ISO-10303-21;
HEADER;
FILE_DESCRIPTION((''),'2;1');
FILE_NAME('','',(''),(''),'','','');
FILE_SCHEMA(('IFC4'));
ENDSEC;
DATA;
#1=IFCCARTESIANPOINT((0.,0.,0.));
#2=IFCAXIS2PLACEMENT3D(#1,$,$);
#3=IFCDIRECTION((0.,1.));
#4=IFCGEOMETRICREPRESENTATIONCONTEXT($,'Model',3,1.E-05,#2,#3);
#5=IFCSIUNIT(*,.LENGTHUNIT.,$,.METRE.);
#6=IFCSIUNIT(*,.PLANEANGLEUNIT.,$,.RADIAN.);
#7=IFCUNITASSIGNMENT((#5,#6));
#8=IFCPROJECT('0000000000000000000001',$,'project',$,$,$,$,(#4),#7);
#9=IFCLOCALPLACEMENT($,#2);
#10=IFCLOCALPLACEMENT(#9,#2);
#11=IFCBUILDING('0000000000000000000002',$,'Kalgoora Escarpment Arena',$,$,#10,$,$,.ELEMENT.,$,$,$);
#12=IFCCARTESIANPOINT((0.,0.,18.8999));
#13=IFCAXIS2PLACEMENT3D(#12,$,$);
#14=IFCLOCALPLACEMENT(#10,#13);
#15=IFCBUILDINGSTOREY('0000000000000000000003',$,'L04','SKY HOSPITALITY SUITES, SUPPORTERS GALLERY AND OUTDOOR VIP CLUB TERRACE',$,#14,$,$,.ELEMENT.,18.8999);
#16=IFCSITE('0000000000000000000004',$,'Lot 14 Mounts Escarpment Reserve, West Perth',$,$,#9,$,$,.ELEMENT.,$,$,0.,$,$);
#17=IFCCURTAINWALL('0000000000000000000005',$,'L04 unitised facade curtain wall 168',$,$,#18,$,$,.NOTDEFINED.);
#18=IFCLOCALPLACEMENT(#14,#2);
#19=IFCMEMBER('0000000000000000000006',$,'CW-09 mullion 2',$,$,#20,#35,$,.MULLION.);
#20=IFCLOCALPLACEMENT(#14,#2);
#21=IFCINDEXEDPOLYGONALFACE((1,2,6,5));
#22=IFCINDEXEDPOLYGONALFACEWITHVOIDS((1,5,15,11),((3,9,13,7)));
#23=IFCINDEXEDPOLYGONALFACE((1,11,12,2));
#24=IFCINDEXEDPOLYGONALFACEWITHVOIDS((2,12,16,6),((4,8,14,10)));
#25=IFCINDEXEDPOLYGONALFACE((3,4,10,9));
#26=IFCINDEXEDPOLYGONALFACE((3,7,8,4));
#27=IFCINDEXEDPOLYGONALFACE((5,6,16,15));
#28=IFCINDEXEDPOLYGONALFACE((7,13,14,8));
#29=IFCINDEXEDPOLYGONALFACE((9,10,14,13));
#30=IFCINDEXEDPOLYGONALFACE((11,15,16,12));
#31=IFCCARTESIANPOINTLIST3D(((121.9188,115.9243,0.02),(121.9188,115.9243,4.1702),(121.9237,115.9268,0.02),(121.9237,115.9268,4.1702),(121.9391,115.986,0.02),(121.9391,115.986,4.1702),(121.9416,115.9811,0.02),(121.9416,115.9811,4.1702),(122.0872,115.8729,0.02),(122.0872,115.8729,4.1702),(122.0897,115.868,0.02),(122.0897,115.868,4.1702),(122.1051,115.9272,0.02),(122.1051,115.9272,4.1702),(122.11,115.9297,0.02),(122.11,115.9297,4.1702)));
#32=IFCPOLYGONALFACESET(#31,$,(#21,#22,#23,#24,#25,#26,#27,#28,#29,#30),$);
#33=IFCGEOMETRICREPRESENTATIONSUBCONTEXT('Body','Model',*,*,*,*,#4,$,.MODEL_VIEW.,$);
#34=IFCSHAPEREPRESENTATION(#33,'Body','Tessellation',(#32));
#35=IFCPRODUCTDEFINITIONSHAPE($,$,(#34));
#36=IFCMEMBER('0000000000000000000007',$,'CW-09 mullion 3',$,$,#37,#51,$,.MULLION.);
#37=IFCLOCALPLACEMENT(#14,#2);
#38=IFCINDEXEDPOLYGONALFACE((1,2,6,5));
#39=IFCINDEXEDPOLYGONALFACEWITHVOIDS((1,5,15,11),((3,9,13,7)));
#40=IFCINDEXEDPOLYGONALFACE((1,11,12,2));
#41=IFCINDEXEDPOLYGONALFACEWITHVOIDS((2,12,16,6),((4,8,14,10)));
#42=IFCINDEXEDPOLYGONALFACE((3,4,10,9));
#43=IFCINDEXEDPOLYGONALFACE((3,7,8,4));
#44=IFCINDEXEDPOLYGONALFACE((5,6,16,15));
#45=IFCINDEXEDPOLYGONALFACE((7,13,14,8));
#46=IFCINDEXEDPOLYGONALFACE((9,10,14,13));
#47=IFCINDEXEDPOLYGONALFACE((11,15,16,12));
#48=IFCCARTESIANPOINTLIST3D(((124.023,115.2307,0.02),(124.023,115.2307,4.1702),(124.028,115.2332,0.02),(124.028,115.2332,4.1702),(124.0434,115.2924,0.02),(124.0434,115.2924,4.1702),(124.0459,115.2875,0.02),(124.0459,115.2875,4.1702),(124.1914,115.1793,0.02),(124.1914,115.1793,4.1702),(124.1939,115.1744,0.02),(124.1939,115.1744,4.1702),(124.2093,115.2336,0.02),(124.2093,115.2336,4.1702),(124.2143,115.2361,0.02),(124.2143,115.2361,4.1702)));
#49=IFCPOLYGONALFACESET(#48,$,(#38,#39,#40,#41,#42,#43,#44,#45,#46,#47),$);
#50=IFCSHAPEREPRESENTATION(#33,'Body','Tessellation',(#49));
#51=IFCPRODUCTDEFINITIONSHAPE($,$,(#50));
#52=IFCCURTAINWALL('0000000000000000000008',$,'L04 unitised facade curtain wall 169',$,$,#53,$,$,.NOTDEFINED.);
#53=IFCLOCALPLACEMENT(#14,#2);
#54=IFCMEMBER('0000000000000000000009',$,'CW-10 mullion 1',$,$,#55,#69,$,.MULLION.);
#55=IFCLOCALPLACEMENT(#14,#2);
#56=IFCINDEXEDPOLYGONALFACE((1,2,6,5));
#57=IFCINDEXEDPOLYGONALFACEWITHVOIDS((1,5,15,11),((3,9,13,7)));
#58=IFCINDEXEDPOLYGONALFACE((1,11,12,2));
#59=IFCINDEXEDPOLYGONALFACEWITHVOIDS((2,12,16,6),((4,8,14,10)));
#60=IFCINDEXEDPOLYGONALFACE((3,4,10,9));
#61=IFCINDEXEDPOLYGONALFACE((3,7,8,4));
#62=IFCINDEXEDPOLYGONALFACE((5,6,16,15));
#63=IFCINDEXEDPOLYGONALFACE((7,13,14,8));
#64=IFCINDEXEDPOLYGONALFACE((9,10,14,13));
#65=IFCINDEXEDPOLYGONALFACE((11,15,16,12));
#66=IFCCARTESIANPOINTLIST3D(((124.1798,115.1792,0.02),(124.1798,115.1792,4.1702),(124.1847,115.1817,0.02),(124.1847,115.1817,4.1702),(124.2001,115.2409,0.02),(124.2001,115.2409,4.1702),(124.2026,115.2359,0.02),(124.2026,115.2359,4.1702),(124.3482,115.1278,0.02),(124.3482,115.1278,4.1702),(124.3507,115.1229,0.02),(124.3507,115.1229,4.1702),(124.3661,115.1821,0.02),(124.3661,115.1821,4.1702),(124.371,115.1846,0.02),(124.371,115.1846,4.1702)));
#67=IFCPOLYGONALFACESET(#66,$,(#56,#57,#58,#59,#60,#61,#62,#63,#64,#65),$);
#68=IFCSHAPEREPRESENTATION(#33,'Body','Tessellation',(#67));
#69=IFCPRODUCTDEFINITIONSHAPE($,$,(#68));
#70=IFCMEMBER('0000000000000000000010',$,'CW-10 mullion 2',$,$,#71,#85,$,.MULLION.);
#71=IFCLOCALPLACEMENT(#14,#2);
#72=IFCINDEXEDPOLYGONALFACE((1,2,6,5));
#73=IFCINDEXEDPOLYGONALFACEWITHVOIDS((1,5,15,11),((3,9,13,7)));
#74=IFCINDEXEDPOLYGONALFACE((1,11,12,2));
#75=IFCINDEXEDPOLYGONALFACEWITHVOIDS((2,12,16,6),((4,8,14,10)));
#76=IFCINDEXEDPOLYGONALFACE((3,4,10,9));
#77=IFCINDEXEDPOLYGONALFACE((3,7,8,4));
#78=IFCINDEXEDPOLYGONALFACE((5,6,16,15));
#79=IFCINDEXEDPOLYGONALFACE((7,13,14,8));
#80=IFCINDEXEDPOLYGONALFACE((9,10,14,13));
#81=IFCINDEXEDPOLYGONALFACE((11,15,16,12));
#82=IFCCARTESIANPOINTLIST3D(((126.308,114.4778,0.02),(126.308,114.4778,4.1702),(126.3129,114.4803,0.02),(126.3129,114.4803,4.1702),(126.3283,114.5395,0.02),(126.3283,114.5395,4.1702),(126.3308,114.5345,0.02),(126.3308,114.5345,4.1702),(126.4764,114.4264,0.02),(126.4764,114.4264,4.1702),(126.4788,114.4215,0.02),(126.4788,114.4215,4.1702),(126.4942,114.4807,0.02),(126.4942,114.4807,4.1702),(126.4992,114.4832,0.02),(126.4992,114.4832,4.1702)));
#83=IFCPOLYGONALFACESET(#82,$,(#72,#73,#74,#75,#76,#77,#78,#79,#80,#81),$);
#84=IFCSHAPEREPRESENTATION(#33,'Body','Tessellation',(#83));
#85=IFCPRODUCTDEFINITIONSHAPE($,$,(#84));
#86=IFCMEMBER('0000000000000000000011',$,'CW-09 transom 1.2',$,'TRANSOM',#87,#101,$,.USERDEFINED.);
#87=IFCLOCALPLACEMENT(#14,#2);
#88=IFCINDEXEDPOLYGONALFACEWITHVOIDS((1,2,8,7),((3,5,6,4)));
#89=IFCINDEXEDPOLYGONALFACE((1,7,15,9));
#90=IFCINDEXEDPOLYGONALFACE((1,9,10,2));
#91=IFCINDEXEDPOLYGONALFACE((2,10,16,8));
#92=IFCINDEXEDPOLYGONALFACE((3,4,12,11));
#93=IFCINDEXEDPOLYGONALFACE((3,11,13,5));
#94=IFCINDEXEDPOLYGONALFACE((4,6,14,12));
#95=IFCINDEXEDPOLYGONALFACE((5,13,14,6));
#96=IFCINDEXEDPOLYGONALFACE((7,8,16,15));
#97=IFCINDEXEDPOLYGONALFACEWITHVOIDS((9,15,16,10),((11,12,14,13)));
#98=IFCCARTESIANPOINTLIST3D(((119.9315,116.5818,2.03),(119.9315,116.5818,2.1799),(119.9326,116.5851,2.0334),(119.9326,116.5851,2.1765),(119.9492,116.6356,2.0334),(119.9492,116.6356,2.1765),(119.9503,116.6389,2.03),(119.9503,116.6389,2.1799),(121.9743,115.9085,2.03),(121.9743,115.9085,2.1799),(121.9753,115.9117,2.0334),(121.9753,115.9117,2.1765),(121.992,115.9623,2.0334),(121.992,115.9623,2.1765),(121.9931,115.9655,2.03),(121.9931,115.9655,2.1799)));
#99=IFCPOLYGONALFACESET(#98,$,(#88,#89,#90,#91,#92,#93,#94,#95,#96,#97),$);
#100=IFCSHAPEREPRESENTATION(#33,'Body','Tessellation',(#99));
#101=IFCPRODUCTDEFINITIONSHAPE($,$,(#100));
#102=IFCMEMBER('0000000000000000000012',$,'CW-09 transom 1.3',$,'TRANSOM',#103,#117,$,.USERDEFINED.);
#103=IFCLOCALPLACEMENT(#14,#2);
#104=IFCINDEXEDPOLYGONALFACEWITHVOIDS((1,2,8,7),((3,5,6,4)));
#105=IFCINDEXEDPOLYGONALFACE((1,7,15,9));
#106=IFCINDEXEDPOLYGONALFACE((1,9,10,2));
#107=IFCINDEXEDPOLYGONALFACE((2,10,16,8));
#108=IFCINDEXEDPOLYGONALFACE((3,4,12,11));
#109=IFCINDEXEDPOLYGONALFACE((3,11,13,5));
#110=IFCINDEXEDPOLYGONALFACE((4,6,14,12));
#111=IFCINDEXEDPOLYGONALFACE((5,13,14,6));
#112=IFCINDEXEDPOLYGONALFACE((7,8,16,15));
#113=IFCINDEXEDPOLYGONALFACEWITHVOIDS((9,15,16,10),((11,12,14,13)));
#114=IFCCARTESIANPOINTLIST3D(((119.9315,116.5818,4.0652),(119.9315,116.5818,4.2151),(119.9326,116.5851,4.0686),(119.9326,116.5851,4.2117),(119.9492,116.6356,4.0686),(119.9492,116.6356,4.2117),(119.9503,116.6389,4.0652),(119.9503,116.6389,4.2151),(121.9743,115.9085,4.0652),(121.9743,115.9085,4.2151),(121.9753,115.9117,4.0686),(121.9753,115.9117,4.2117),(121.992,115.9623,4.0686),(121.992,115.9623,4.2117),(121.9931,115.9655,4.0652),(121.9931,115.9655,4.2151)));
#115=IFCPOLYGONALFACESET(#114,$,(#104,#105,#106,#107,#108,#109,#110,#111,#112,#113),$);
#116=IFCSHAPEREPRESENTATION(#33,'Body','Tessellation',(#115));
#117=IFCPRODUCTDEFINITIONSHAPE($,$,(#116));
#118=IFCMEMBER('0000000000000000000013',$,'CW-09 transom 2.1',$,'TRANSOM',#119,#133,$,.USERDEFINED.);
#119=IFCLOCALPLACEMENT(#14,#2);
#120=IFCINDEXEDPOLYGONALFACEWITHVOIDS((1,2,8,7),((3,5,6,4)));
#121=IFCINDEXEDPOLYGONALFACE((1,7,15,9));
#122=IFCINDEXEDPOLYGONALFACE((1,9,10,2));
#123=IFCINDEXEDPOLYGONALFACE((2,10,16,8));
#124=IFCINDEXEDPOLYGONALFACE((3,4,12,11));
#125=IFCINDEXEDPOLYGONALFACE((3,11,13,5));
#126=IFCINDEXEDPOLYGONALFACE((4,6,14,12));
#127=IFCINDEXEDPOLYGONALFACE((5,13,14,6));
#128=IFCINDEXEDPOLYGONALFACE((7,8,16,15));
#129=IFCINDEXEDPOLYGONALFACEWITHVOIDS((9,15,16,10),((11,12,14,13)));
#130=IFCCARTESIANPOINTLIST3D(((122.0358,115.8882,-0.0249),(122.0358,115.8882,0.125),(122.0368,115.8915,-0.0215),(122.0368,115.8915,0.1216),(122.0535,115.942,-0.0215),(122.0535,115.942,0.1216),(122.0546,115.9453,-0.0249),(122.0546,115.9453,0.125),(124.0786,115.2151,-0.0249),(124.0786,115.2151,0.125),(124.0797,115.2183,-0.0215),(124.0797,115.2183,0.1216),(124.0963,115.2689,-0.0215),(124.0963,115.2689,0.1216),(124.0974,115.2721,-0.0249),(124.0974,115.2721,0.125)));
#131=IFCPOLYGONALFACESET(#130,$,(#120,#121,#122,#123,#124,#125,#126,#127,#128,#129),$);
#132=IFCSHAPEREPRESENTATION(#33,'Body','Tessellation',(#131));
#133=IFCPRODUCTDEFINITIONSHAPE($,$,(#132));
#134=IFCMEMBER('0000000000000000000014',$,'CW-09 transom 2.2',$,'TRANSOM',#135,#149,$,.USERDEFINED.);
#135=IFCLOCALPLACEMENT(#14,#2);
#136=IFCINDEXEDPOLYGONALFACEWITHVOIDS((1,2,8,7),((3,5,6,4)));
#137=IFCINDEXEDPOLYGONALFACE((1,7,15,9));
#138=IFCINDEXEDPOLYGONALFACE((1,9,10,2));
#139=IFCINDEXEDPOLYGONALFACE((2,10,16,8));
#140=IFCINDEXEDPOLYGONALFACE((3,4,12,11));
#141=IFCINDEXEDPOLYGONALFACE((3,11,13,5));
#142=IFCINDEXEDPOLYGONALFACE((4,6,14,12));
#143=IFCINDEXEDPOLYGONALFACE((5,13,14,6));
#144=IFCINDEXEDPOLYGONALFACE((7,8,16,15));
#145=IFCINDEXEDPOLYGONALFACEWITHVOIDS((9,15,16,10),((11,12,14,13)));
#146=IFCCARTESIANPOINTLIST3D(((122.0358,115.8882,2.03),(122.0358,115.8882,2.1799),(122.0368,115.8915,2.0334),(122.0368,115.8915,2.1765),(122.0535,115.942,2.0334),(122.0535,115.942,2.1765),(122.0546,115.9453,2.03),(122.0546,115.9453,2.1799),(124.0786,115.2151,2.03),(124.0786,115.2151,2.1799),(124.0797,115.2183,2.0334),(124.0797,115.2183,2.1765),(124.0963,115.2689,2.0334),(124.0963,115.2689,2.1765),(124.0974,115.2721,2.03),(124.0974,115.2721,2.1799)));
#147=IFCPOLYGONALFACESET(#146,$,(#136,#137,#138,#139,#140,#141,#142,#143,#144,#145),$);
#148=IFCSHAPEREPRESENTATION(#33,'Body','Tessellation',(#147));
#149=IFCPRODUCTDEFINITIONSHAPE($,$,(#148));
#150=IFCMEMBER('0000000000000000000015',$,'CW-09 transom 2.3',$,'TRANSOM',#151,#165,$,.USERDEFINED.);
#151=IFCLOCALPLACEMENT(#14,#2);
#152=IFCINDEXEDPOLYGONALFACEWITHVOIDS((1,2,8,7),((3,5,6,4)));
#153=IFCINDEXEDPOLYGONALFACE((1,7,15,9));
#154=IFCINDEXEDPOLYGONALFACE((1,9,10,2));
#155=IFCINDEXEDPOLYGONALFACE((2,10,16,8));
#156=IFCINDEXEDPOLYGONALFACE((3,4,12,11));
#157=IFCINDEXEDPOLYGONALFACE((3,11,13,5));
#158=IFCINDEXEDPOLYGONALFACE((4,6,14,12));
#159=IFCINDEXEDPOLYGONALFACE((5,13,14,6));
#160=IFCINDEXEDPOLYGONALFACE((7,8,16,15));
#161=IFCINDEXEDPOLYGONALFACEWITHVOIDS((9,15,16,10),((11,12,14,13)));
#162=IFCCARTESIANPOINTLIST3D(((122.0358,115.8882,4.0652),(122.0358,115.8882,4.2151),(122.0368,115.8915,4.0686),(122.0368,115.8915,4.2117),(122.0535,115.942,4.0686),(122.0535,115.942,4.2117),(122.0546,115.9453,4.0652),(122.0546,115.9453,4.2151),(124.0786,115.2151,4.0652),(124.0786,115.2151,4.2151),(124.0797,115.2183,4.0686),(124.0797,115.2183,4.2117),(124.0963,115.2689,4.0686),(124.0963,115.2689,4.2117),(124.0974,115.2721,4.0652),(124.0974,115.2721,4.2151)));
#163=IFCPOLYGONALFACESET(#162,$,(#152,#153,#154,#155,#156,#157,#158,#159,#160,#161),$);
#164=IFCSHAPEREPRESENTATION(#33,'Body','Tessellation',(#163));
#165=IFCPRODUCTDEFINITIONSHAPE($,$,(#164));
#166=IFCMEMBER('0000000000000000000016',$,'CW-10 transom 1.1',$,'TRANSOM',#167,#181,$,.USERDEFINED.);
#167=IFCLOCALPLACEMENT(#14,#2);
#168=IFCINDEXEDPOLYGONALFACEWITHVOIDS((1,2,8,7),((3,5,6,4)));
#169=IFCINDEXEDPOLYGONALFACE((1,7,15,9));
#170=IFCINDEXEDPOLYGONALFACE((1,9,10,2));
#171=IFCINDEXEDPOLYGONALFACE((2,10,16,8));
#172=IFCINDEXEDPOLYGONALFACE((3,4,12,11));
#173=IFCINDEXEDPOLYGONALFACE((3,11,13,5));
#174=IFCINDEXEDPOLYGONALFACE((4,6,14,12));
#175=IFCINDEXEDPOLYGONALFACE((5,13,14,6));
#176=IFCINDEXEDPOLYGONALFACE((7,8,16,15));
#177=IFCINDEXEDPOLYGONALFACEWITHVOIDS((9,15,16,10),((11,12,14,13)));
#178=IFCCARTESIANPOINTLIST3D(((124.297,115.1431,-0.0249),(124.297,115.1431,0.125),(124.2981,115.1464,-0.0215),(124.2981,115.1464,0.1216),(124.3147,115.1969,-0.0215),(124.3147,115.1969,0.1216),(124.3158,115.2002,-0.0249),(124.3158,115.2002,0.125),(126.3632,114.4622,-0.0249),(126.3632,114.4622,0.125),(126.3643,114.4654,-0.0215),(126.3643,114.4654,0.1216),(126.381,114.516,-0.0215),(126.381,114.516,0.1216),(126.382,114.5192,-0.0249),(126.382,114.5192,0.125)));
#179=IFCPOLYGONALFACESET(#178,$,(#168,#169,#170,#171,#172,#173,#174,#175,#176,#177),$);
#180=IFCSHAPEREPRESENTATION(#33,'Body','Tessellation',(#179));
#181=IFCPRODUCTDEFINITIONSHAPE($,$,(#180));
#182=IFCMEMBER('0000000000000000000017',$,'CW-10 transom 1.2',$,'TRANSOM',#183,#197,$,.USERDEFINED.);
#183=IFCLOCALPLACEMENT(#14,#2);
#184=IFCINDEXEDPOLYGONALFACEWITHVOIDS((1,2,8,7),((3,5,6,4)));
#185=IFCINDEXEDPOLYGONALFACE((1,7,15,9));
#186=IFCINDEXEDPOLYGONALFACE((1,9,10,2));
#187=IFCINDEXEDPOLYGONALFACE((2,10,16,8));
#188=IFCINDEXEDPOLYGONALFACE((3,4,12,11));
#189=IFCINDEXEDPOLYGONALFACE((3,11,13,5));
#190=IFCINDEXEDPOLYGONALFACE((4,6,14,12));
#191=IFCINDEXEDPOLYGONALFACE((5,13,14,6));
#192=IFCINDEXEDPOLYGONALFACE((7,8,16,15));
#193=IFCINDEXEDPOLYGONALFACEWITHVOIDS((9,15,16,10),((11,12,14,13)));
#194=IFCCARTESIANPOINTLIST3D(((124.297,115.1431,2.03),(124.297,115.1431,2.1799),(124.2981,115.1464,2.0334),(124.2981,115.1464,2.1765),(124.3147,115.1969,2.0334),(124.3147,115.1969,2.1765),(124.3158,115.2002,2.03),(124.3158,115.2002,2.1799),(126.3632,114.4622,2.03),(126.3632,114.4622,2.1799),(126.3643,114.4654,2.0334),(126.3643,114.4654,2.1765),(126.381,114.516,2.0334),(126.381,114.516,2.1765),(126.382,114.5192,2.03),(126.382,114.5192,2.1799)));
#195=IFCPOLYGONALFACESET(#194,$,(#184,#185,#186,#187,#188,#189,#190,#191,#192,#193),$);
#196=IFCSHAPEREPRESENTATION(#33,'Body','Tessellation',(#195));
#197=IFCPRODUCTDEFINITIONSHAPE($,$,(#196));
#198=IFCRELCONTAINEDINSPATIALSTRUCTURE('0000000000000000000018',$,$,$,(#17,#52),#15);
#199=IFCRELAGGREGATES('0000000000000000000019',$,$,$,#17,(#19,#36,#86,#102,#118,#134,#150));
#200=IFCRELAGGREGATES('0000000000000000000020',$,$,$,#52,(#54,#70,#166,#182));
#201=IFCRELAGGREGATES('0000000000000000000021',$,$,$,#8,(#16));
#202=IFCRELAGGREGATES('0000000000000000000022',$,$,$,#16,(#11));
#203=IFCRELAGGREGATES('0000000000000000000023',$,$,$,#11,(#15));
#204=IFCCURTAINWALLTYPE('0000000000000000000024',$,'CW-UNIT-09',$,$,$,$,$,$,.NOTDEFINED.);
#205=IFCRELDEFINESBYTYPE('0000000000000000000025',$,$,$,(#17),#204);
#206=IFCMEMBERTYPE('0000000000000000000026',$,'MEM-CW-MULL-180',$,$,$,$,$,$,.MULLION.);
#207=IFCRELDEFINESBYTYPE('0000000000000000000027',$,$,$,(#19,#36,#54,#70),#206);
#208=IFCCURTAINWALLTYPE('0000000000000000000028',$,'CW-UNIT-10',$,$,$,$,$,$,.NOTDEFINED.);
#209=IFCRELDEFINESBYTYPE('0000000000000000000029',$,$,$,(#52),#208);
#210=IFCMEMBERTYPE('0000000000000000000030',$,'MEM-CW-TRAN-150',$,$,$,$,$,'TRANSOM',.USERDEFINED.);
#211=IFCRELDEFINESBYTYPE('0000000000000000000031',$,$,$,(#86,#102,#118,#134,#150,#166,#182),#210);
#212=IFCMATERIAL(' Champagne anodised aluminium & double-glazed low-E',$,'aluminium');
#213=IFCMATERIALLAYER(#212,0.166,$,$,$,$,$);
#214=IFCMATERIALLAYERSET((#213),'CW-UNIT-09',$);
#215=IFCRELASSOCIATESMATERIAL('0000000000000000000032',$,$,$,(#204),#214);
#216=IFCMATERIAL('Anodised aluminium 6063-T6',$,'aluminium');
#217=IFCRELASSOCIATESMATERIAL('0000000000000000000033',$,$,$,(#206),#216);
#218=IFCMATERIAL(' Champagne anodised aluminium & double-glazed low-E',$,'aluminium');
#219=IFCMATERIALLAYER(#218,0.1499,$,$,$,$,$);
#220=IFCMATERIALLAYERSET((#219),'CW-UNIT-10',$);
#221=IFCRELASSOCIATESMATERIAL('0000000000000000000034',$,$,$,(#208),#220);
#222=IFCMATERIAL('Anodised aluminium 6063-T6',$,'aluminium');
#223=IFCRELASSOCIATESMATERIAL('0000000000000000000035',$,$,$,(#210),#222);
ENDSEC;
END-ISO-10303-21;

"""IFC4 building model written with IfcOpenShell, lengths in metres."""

from ifc_helpers import new_model, si_unit, direction, frame, origin, origin_2d, place, context, subcontext, project, spatial, hollow_rectangle, extrude, material, layer, layer_set, material_profile, profile_set, type_object, element, aggregate, save


model = new_model("IFC4")

# Units and contexts
model_context = context("Model", 3, precision=1e-05, world=origin(), true_north=direction((0.0, 1.0)))
body_context = subcontext(model_context, "Body", "Model", "MODEL_VIEW")
ifc_project = project(units=[si_unit("LENGTHUNIT", "METRE"), si_unit("PLANEANGLEUNIT", "RADIAN")], contexts=[model_context])

# Site, building, storey
site_placement = place(None, origin())
site = spatial("IfcSite", under=ifc_project, at=site_placement, Name="Lot 14 Mounts Escarpment Reserve, West Perth", CompositionType="ELEMENT", RefElevation=0.0)
building_placement = place(site_placement, origin())
building = spatial("IfcBuilding", under=site, at=building_placement, Name="Kalgoora Escarpment Arena", CompositionType="ELEMENT")
storey_placement = place(building_placement, frame((0.0, 0.0, 18.8999)))
storey = spatial("IfcBuildingStorey", under=building, at=storey_placement, Name="L04", Description="SKY HOSPITALITY SUITES, SUPPORTERS GALLERY AND OUTDOOR VIP CLUB TERRACE", CompositionType="ELEMENT", Elevation=18.8999)

# Curtain walls, members
ifc_material_1 = material(Name=" Champagne anodised aluminium & double-glazed low-E", Category="aluminium")
ifc_layer_1 = layer(ifc_material_1, 0.166)
ifc_layer_set_1 = layer_set([ifc_layer_1], Name="CW-UNIT-09")
curtain_wall_type_1 = type_object("IfcCurtainWallType", Name="CW-UNIT-09", PredefinedType="NOTDEFINED", material=ifc_layer_set_1)
curtain_wall_1_placement = place(storey_placement, origin())
curtain_wall_1 = element("IfcCurtainWall", 1, at=curtain_wall_1_placement, inside=storey, type_object=curtain_wall_type_1, Name="L04 unitised facade curtain wall 168", PredefinedType="NOTDEFINED")
ifc_material_2 = material(Name="Anodised aluminium 6063-T6", Category="aluminium")
ifc_material_profile_1 = material_profile(ifc_material_2, hollow_rectangle(XDim=0.0649, YDim=0.1799, WallThickness=0.0039, at=origin_2d()))
ifc_profile_set_1 = profile_set([ifc_material_profile_1], Name="Anodised aluminium 6063-T6")
member_type_1 = type_object("IfcMemberType", Name="MEM-CW-MULL-180", PredefinedType="MULLION", material=ifc_profile_set_1)
member_1_placement = place(storey_placement, frame((122.0144, 115.927, 0.02), z_axis=(0.0, 0.0, 1.0), x_axis=(0.31299, 0.949756, 0.0)))
member_1 = element("IfcMember", 2, at=member_1_placement, type_object=member_type_1, Name="CW-09 mullion 2", PredefinedType="MULLION", context=body_context, shape_type="SweptSolid", body=[
    extrude(hollow_rectangle(XDim=0.0649, YDim=0.1799, WallThickness=0.0039, at=origin_2d()), origin(), (0.0, 0.0, 1.0), 4.1501),
])
member_2_placement = place(storey_placement, frame((124.1187, 115.2334, 0.02), z_axis=(0.0, 0.0, 1.0), x_axis=(0.31299, 0.949756, 0.0)))
member_2 = element("IfcMember", 3, at=member_2_placement, type_object=member_type_1, Name="CW-09 mullion 3", PredefinedType="MULLION", context=body_context, shape_type="SweptSolid", body=[
    extrude(hollow_rectangle(XDim=0.0649, YDim=0.1799, WallThickness=0.0039, at=origin_2d()), origin(), (0.0, 0.0, 1.0), 4.1501),
])
ifc_material_3 = material(Name=" Champagne anodised aluminium & double-glazed low-E", Category="aluminium")
ifc_layer_2 = layer(ifc_material_3, 0.1499)
ifc_layer_set_2 = layer_set([ifc_layer_2], Name="CW-UNIT-10")
curtain_wall_type_2 = type_object("IfcCurtainWallType", Name="CW-UNIT-10", PredefinedType="NOTDEFINED", material=ifc_layer_set_2)
curtain_wall_2_placement = place(storey_placement, origin())
curtain_wall_2 = element("IfcCurtainWall", 4, at=curtain_wall_2_placement, inside=storey, type_object=curtain_wall_type_2, Name="L04 unitised facade curtain wall 169", PredefinedType="NOTDEFINED")
member_3_placement = place(storey_placement, frame((124.2754, 115.1819, 0.02), z_axis=(0.0, 0.0, 1.0), x_axis=(0.312986, 0.949758, 0.0)))
member_3 = element("IfcMember", 5, at=member_3_placement, type_object=member_type_1, Name="CW-10 mullion 1", PredefinedType="MULLION", context=body_context, shape_type="SweptSolid", body=[
    extrude(hollow_rectangle(XDim=0.0649, YDim=0.1799, WallThickness=0.0039, at=origin_2d()), origin(), (0.0, 0.0, 1.0), 4.1501),
])
member_4_placement = place(storey_placement, frame((126.4036, 114.4805, 0.02), z_axis=(0.0, 0.0, 1.0), x_axis=(0.312986, 0.949758, 0.0)))
member_4 = element("IfcMember", 6, at=member_4_placement, type_object=member_type_1, Name="CW-10 mullion 2", PredefinedType="MULLION", context=body_context, shape_type="SweptSolid", body=[
    extrude(hollow_rectangle(XDim=0.0649, YDim=0.1799, WallThickness=0.0039, at=origin_2d()), origin(), (0.0, 0.0, 1.0), 4.1501),
])

# Members
ifc_material_4 = material(Name="Anodised aluminium 6063-T6", Category="aluminium")
ifc_material_profile_2 = material_profile(ifc_material_4, hollow_rectangle(XDim=0.0601, YDim=0.1499, WallThickness=0.0034, at=origin_2d()))
ifc_profile_set_2 = profile_set([ifc_material_profile_2], Name="Anodised aluminium 6063-T6")
member_type_2 = type_object("IfcMemberType", Name="MEM-CW-TRAN-150", ElementType="TRANSOM", PredefinedType="USERDEFINED", material=ifc_profile_set_2)
member_5_placement = place(storey_placement, frame((119.9409, 116.6104, 2.105), z_axis=(0.949734, -0.313059, 0.0), x_axis=(0.313059, 0.949734, 0.0)))
member_5 = element("IfcMember", 7, at=member_5_placement, type_object=member_type_2, Name="CW-09 transom 1.2", ObjectType="TRANSOM", PredefinedType="USERDEFINED", context=body_context, shape_type="SweptSolid", body=[
    extrude(hollow_rectangle(XDim=0.0601, YDim=0.1499, WallThickness=0.0034, at=origin_2d()), origin(), (0.0, 0.0, 1.0), 2.1509),
])
member_6_placement = place(storey_placement, frame((119.9409, 116.6104, 4.1401), z_axis=(0.949734, -0.313059, 0.0), x_axis=(0.313059, 0.949734, 0.0)))
member_6 = element("IfcMember", 8, at=member_6_placement, type_object=member_type_2, Name="CW-09 transom 1.3", ObjectType="TRANSOM", PredefinedType="USERDEFINED", context=body_context, shape_type="SweptSolid", body=[
    extrude(hollow_rectangle(XDim=0.0601, YDim=0.1499, WallThickness=0.0034, at=origin_2d()), origin(), (0.0, 0.0, 1.0), 2.1509),
])
member_7_placement = place(storey_placement, frame((122.0452, 115.9167, 0.05), z_axis=(0.949767, -0.312957, 0.0), x_axis=(0.312957, 0.949767, 0.0)))
member_7 = element("IfcMember", 9, at=member_7_placement, type_object=member_type_2, Name="CW-09 transom 2.1", ObjectType="TRANSOM", PredefinedType="USERDEFINED", context=body_context, shape_type="SweptSolid", body=[
    extrude(hollow_rectangle(XDim=0.0601, YDim=0.1499, WallThickness=0.0034, at=origin_2d()), origin(), (0.0, 0.0, 1.0), 2.1509),
])
member_8_placement = place(storey_placement, frame((122.0452, 115.9167, 2.105), z_axis=(0.949767, -0.312957, 0.0), x_axis=(0.312957, 0.949767, 0.0)))
member_8 = element("IfcMember", 10, at=member_8_placement, type_object=member_type_2, Name="CW-09 transom 2.2", ObjectType="TRANSOM", PredefinedType="USERDEFINED", context=body_context, shape_type="SweptSolid", body=[
    extrude(hollow_rectangle(XDim=0.0601, YDim=0.1499, WallThickness=0.0034, at=origin_2d()), origin(), (0.0, 0.0, 1.0), 2.1509),
])
member_9_placement = place(storey_placement, frame((122.0452, 115.9167, 4.1401), z_axis=(0.949767, -0.312957, 0.0), x_axis=(0.312957, 0.949767, 0.0)))
member_9 = element("IfcMember", 11, at=member_9_placement, type_object=member_type_2, Name="CW-09 transom 2.3", ObjectType="TRANSOM", PredefinedType="USERDEFINED", context=body_context, shape_type="SweptSolid", body=[
    extrude(hollow_rectangle(XDim=0.0601, YDim=0.1499, WallThickness=0.0034, at=origin_2d()), origin(), (0.0, 0.0, 1.0), 2.1509),
])
member_10_placement = place(storey_placement, frame((124.3064, 115.1716, 0.05), z_axis=(0.949755, -0.312994, 0.0), x_axis=(0.312994, 0.949755, 0.0)))
member_10 = element("IfcMember", 12, at=member_10_placement, type_object=member_type_2, Name="CW-10 transom 1.1", ObjectType="TRANSOM", PredefinedType="USERDEFINED", context=body_context, shape_type="SweptSolid", body=[
    extrude(hollow_rectangle(XDim=0.0601, YDim=0.1499, WallThickness=0.0034, at=origin_2d()), origin(), (0.0, 0.0, 1.0), 2.1755),
])
member_11_placement = place(storey_placement, frame((124.3064, 115.1716, 2.105), z_axis=(0.949755, -0.312994, 0.0), x_axis=(0.312994, 0.949755, 0.0)))
member_11 = element("IfcMember", 13, at=member_11_placement, type_object=member_type_2, Name="CW-10 transom 1.2", ObjectType="TRANSOM", PredefinedType="USERDEFINED", context=body_context, shape_type="SweptSolid", body=[
    extrude(hollow_rectangle(XDim=0.0601, YDim=0.1499, WallThickness=0.0034, at=origin_2d()), origin(), (0.0, 0.0, 1.0), 2.1755),
])

aggregate(curtain_wall_1, [member_1, member_2, member_5, member_6, member_7, member_8, member_9])
aggregate(curtain_wall_2, [member_3, member_4, member_10, member_11])

save(model, "model.ifc")
